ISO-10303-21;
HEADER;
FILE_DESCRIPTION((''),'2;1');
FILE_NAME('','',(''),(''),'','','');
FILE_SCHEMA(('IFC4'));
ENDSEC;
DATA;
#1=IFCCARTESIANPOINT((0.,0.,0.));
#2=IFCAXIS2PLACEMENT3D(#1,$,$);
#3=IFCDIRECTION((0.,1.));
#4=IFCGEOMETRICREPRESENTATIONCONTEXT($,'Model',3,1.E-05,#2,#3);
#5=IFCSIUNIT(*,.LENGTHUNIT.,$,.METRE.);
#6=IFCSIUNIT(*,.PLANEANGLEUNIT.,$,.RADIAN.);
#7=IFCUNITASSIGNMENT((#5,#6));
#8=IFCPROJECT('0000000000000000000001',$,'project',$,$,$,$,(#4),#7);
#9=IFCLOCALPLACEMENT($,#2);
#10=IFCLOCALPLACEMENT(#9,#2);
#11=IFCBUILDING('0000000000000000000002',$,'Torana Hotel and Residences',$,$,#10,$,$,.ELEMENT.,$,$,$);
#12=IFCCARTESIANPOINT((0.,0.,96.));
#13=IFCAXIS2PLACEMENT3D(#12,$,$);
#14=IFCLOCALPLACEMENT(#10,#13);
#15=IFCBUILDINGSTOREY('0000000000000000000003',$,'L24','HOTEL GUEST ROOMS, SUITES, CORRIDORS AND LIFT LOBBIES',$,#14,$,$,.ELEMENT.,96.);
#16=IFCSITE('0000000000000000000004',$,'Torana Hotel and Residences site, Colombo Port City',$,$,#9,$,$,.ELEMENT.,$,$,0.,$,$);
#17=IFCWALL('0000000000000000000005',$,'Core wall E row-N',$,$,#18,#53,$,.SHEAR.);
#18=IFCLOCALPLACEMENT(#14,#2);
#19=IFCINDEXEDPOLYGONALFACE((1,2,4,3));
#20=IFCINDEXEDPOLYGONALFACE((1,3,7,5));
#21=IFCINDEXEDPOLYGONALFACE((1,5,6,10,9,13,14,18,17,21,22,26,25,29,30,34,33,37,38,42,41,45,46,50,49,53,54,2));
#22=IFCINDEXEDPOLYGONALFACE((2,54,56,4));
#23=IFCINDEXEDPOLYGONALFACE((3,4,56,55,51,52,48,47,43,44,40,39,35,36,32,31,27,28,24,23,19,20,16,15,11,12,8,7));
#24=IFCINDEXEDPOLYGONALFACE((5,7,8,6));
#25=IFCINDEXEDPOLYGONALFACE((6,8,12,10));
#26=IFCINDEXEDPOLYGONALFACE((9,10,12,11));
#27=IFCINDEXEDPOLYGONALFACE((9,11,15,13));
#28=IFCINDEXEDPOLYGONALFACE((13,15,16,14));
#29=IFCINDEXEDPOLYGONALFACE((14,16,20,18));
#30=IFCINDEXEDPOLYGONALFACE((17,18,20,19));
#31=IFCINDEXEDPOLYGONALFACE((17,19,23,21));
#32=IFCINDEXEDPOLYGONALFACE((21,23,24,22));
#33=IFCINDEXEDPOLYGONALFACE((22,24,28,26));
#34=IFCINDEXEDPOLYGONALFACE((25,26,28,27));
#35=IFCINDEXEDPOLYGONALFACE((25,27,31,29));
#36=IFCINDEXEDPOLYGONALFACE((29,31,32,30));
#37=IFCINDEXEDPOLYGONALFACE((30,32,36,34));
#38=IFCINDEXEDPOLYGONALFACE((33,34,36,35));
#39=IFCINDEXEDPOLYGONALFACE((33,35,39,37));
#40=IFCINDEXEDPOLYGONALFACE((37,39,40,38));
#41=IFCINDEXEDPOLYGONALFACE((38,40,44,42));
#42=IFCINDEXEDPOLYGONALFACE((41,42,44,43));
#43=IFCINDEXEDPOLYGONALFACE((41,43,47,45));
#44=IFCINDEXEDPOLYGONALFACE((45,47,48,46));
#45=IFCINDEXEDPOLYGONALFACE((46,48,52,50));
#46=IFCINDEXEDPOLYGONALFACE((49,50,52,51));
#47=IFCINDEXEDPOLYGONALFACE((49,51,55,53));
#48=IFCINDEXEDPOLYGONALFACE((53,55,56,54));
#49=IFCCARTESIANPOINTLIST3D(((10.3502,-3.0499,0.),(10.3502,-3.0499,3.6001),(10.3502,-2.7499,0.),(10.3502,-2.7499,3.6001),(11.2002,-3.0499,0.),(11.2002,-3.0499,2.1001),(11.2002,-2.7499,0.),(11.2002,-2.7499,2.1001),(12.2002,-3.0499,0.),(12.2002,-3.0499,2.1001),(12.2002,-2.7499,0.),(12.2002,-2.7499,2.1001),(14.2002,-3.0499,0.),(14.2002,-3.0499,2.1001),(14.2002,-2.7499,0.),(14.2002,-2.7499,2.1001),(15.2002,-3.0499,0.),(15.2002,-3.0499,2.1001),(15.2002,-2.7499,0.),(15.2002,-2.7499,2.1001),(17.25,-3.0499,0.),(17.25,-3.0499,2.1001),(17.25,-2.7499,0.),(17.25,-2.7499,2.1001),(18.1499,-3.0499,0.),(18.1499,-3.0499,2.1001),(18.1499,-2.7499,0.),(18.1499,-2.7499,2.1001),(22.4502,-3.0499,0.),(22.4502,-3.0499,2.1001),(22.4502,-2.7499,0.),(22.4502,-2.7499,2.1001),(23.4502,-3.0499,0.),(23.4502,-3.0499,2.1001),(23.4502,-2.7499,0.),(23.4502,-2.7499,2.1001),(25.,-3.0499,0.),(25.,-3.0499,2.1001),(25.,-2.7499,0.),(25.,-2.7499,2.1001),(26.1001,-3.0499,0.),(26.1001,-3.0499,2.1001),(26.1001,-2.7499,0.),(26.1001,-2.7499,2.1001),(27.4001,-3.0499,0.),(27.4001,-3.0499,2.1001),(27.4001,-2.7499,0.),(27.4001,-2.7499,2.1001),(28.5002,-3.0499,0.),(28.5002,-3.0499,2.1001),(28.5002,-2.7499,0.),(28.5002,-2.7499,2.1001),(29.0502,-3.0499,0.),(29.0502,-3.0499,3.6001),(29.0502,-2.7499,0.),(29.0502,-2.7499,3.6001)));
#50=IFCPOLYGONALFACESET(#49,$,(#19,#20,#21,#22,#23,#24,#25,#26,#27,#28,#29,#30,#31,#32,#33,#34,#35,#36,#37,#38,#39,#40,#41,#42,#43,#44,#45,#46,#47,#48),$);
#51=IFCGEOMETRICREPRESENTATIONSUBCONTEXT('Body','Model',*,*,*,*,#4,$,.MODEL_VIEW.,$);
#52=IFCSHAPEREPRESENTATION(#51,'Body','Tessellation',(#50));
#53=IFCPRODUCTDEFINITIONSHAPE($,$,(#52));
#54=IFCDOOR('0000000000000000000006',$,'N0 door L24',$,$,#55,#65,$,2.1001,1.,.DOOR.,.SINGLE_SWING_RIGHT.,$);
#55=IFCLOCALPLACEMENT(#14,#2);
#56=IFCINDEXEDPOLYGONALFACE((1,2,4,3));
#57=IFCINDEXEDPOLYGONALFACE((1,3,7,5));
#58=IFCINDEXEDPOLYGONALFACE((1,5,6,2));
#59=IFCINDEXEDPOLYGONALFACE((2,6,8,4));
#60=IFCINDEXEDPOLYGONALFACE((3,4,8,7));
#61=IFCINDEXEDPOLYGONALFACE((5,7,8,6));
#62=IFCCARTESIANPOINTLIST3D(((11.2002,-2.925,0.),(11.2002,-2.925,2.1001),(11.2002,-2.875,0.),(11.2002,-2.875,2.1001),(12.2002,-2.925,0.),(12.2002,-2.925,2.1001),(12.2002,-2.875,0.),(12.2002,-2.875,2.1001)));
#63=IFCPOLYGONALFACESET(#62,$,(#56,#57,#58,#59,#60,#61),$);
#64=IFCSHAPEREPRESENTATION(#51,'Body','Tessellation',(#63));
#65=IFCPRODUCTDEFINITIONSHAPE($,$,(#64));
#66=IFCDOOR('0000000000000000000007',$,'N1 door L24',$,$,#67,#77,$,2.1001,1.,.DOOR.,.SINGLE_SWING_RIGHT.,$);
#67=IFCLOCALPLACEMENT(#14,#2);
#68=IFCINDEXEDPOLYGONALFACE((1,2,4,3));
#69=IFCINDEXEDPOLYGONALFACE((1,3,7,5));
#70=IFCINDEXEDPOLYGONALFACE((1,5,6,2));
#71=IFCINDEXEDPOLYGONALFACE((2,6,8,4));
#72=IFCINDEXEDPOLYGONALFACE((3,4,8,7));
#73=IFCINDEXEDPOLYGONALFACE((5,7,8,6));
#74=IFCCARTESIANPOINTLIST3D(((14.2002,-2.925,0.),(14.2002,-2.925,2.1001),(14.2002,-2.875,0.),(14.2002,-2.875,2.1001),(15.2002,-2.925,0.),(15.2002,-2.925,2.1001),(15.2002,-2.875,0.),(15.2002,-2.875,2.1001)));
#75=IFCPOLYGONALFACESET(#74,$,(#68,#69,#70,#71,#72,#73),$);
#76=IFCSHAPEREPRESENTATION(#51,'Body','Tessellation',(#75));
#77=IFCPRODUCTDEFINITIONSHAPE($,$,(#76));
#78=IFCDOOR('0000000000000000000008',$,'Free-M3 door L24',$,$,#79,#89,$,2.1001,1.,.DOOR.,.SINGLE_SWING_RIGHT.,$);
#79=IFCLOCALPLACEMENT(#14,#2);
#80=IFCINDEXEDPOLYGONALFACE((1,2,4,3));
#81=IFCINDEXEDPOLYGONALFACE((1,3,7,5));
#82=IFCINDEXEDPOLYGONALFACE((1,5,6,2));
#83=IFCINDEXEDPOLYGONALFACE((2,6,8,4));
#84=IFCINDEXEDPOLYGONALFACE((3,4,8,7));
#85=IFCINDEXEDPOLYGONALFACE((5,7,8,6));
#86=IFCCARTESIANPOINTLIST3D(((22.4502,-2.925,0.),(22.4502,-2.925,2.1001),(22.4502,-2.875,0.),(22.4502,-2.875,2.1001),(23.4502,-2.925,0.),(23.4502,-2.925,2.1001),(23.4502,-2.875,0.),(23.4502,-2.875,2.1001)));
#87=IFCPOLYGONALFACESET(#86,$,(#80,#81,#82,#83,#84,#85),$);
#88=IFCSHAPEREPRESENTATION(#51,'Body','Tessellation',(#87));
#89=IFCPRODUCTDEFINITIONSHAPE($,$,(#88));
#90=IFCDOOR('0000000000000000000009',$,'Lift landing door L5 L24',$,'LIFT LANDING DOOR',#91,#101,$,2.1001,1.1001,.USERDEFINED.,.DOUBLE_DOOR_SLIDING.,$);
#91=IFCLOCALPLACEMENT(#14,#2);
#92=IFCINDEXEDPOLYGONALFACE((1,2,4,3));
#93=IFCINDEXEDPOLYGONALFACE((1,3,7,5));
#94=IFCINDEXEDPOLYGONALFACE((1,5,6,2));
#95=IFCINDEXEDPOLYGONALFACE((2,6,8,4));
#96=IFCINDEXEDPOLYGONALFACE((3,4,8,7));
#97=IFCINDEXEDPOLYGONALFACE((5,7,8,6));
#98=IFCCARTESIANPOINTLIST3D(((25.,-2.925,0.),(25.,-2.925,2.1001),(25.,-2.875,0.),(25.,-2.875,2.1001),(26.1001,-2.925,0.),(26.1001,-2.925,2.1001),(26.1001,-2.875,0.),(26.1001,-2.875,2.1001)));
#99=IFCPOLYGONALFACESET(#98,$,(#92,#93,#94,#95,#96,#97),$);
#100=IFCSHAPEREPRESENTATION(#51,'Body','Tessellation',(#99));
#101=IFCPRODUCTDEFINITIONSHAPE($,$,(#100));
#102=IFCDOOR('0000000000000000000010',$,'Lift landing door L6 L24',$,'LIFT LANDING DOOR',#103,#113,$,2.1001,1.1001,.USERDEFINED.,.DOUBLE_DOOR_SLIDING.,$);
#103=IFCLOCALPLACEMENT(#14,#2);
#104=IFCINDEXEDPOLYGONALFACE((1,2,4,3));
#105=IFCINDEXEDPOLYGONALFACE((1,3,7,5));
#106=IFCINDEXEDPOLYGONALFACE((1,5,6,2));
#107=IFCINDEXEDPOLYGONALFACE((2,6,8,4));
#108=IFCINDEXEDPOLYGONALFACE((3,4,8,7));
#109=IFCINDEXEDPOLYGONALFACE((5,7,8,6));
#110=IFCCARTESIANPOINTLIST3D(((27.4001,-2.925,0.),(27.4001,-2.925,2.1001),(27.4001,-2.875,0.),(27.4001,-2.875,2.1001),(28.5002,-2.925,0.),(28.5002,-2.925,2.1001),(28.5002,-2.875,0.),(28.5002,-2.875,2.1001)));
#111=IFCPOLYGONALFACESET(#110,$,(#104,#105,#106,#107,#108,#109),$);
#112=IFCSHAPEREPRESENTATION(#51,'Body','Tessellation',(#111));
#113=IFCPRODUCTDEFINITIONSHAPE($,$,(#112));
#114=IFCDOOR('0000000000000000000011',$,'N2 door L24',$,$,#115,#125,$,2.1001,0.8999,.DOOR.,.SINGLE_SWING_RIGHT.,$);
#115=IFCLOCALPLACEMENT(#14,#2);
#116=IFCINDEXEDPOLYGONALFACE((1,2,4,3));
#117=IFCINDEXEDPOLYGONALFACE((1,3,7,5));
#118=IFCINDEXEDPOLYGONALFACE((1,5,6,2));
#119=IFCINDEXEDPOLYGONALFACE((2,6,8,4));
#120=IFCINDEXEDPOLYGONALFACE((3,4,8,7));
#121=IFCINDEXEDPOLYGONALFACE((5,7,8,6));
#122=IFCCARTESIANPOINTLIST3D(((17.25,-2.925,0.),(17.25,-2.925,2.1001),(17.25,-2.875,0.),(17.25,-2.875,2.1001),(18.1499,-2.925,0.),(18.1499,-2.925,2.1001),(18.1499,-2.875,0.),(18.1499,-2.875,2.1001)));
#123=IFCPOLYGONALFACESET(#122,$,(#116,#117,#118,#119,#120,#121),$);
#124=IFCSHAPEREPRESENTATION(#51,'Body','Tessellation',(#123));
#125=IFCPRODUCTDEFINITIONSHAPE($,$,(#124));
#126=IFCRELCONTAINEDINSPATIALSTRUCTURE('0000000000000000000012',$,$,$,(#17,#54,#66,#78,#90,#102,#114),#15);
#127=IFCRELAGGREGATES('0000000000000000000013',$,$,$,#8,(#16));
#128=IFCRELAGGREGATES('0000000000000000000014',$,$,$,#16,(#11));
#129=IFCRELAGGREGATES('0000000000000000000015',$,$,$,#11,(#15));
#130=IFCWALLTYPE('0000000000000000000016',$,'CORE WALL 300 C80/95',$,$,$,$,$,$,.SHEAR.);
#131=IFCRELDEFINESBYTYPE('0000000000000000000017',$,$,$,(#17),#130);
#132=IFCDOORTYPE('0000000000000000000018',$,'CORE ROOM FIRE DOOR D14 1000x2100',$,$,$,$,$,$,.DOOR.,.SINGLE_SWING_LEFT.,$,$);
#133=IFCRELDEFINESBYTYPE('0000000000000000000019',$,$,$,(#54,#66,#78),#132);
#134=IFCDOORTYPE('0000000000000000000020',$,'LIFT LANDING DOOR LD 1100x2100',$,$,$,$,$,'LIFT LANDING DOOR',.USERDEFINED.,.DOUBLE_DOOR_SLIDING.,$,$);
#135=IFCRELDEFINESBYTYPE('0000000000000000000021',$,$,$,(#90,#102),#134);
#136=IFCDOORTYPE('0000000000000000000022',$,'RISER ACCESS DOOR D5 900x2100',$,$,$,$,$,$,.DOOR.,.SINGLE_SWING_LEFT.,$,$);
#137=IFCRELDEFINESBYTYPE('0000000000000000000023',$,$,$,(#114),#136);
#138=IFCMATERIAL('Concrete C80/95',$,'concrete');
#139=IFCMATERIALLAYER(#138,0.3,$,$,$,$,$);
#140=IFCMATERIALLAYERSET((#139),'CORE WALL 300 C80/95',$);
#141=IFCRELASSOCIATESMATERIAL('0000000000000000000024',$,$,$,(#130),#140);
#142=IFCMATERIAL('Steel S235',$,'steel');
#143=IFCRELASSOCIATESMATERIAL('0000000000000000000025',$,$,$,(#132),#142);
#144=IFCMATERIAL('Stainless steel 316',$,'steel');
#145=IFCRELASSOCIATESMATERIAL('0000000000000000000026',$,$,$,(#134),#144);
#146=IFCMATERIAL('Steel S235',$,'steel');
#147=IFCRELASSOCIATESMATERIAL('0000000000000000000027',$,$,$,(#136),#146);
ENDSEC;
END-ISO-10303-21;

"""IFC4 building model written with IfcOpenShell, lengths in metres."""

from ifc_helpers import new_model, si_unit, direction, frame, frame_2d, origin, place, context, subcontext, project, spatial, rectangle, extrude, material, layer, layer_set, type_object, element, fill, save


model = new_model("IFC4")

# Units and contexts
model_context = context("Model", 3, precision=1e-05, world=origin(), true_north=direction((0.0, 1.0)))
body_context = subcontext(model_context, "Body", "Model", "MODEL_VIEW")
ifc_project = project(units=[si_unit("LENGTHUNIT", "METRE"), si_unit("PLANEANGLEUNIT", "RADIAN")], contexts=[model_context])

# Site, building, storey
site_placement = place(None, origin())
site = spatial("IfcSite", under=ifc_project, at=site_placement, Name="Torana Hotel and Residences site, Colombo Port City", CompositionType="ELEMENT", RefElevation=0.0)
building_placement = place(site_placement, origin())
building = spatial("IfcBuilding", under=site, at=building_placement, Name="Torana Hotel and Residences", CompositionType="ELEMENT")
storey_placement = place(building_placement, frame((0.0, 0.0, 96.0)))
storey = spatial("IfcBuildingStorey", under=building, at=storey_placement, Name="L24", Description="HOTEL GUEST ROOMS, SUITES, CORRIDORS AND LIFT LOBBIES", CompositionType="ELEMENT", Elevation=96.0)

# Wall, openings, doors
ifc_material_1 = material(Name="Concrete C80/95", Category="concrete")
ifc_layer = layer(ifc_material_1, 0.3)
ifc_layer_set = layer_set([ifc_layer], Name="CORE WALL 300 C80/95")
wall_type = type_object("IfcWallType", Name="CORE WALL 300 C80/95", PredefinedType="SHEAR", material=ifc_layer_set)
wall_1_placement = place(storey_placement, frame((10.3501, -2.8999, 0.0), z_axis=(0.0, 0.0, 1.0), x_axis=(1.0, 0.0, 0.0)))
wall_1 = element("IfcWall", 1, at=wall_1_placement, inside=storey, type_object=wall_type, Name="Core wall E row-N", PredefinedType="SHEAR", context=body_context, shape_type="SweptSolid", body=[
    extrude(rectangle(XDim=18.7, YDim=0.3, at=frame_2d((9.3501, 0.0))), origin(), (0.0, 0.0, 1.0), 3.6001),
])
opening_1_placement = place(wall_1_placement, frame((14.6499, 0.0, 0.0)))
opening_1 = element("IfcOpeningElement", 2, at=opening_1_placement, cuts=wall_1, PredefinedType="OPENING", context=body_context, shape_type="SweptSolid", body=[
    extrude(rectangle(XDim=1.1001, YDim=2.1001, at=frame_2d((0.55, 1.05))), frame((0.0, 0.1599, 0.0), z_axis=(0.0, -1.0, 0.0), x_axis=(1.0, 0.0, 0.0)), (0.0, 0.0, 1.0), 0.3201),
])
opening_2_placement = place(wall_1_placement, frame((17.05, 0.0, 0.0)))
opening_2 = element("IfcOpeningElement", 3, at=opening_2_placement, cuts=wall_1, PredefinedType="OPENING", context=body_context, shape_type="SweptSolid", body=[
    extrude(rectangle(XDim=1.1001, YDim=2.1001, at=frame_2d((0.55, 1.05))), frame((0.0, 0.1599, 0.0), z_axis=(0.0, -1.0, 0.0), x_axis=(1.0, 0.0, 0.0)), (0.0, 0.0, 1.0), 0.3201),
])
opening_3_placement = place(wall_1_placement, frame((6.8999, 0.0, 0.0)))
opening_3 = element("IfcOpeningElement", 4, at=opening_3_placement, cuts=wall_1, PredefinedType="OPENING", context=body_context, shape_type="SweptSolid", body=[
    extrude(rectangle(XDim=0.8999, YDim=2.1001, at=frame_2d((0.45, 1.05))), frame((0.0, 0.1599, 0.0), z_axis=(0.0, -1.0, 0.0), x_axis=(1.0, 0.0, 0.0)), (0.0, 0.0, 1.0), 0.3201),
])
opening_4_placement = place(wall_1_placement, frame((0.8501, 0.0, 0.0)))
opening_4 = element("IfcOpeningElement", 5, at=opening_4_placement, cuts=wall_1, PredefinedType="OPENING", context=body_context, shape_type="SweptSolid", body=[
    extrude(rectangle(XDim=1.0, YDim=2.1001, at=frame_2d((0.5, 1.05))), frame((0.0, 0.1599, 0.0), z_axis=(0.0, -1.0, 0.0), x_axis=(1.0, 0.0, 0.0)), (0.0, 0.0, 1.0), 0.3201),
])
opening_5_placement = place(wall_1_placement, frame((3.8501, 0.0, 0.0)))
opening_5 = element("IfcOpeningElement", 6, at=opening_5_placement, cuts=wall_1, PredefinedType="OPENING", context=body_context, shape_type="SweptSolid", body=[
    extrude(rectangle(XDim=1.0, YDim=2.1001, at=frame_2d((0.5, 1.05))), frame((0.0, 0.1599, 0.0), z_axis=(0.0, -1.0, 0.0), x_axis=(1.0, 0.0, 0.0)), (0.0, 0.0, 1.0), 0.3201),
])
opening_6_placement = place(wall_1_placement, frame((12.1001, 0.0, 0.0)))
opening_6 = element("IfcOpeningElement", 7, at=opening_6_placement, cuts=wall_1, PredefinedType="OPENING", context=body_context, shape_type="SweptSolid", body=[
    extrude(rectangle(XDim=1.0, YDim=2.1001, at=frame_2d((0.5, 1.05))), frame((0.0, 0.1599, 0.0), z_axis=(0.0, -1.0, 0.0), x_axis=(1.0, 0.0, 0.0)), (0.0, 0.0, 1.0), 0.3201),
])
ifc_material_2 = material(Name="Steel S235", Category="steel")
door_type_1 = type_object("IfcDoorType", Name="CORE ROOM FIRE DOOR D14 1000x2100", OperationType="SINGLE_SWING_LEFT", PredefinedType="DOOR", material=ifc_material_2)
door_1_placement = place(opening_4_placement, origin())
door_1 = element("IfcDoor", 8, at=door_1_placement, inside=storey, type_object=door_type_1, Name="N0 door L24", OperationType="SINGLE_SWING_RIGHT", OverallHeight=2.1001, OverallWidth=1.0, PredefinedType="DOOR", context=body_context, shape_type="SweptSolid", body=[
    extrude(rectangle(XDim=1.0, YDim=2.1001, at=frame_2d((0.5, 1.05))), frame((0.0, 0.0249, 0.0), z_axis=(0.0, -1.0, 0.0), x_axis=(1.0, 0.0, 0.0)), (0.0, 0.0, 1.0), 0.05),
])
fill(opening_4, door_1)
door_2_placement = place(opening_5_placement, origin())
door_2 = element("IfcDoor", 9, at=door_2_placement, inside=storey, type_object=door_type_1, Name="N1 door L24", OperationType="SINGLE_SWING_RIGHT", OverallHeight=2.1001, OverallWidth=1.0, PredefinedType="DOOR", context=body_context, shape_type="SweptSolid", body=[
    extrude(rectangle(XDim=1.0, YDim=2.1001, at=frame_2d((0.5, 1.05))), frame((0.0, 0.0249, 0.0), z_axis=(0.0, -1.0, 0.0), x_axis=(1.0, 0.0, 0.0)), (0.0, 0.0, 1.0), 0.05),
])
fill(opening_5, door_2)
door_3_placement = place(opening_6_placement, origin())
door_3 = element("IfcDoor", 10, at=door_3_placement, inside=storey, type_object=door_type_1, Name="Free-M3 door L24", OperationType="SINGLE_SWING_RIGHT", OverallHeight=2.1001, OverallWidth=1.0, PredefinedType="DOOR", context=body_context, shape_type="SweptSolid", body=[
    extrude(rectangle(XDim=1.0, YDim=2.1001, at=frame_2d((0.5, 1.05))), frame((0.0, 0.0249, 0.0), z_axis=(0.0, -1.0, 0.0), x_axis=(1.0, 0.0, 0.0)), (0.0, 0.0, 1.0), 0.05),
])
fill(opening_6, door_3)
ifc_material_3 = material(Name="Stainless steel 316", Category="steel")
door_type_2 = type_object("IfcDoorType", Name="LIFT LANDING DOOR LD 1100x2100", ElementType="LIFT LANDING DOOR", OperationType="DOUBLE_DOOR_SLIDING", PredefinedType="USERDEFINED", material=ifc_material_3)
door_4_placement = place(opening_1_placement, origin())
door_4 = element("IfcDoor", 11, at=door_4_placement, inside=storey, type_object=door_type_2, Name="Lift landing door L5 L24", ObjectType="LIFT LANDING DOOR", OperationType="DOUBLE_DOOR_SLIDING", OverallHeight=2.1001, OverallWidth=1.1001, PredefinedType="USERDEFINED", context=body_context, shape_type="SweptSolid", body=[
    extrude(rectangle(XDim=1.1001, YDim=2.1001, at=frame_2d((0.55, 1.05))), frame((0.0, 0.0249, 0.0), z_axis=(0.0, -1.0, 0.0), x_axis=(1.0, 0.0, 0.0)), (0.0, 0.0, 1.0), 0.05),
])
fill(opening_1, door_4)
door_5_placement = place(opening_2_placement, origin())
door_5 = element("IfcDoor", 12, at=door_5_placement, inside=storey, type_object=door_type_2, Name="Lift landing door L6 L24", ObjectType="LIFT LANDING DOOR", OperationType="DOUBLE_DOOR_SLIDING", OverallHeight=2.1001, OverallWidth=1.1001, PredefinedType="USERDEFINED", context=body_context, shape_type="SweptSolid", body=[
    extrude(rectangle(XDim=1.1001, YDim=2.1001, at=frame_2d((0.55, 1.05))), frame((0.0, 0.0249, 0.0), z_axis=(0.0, -1.0, 0.0), x_axis=(1.0, 0.0, 0.0)), (0.0, 0.0, 1.0), 0.05),
])
fill(opening_2, door_5)
ifc_material_4 = material(Name="Steel S235", Category="steel")
door_type_3 = type_object("IfcDoorType", Name="RISER ACCESS DOOR D5 900x2100", OperationType="SINGLE_SWING_LEFT", PredefinedType="DOOR", material=ifc_material_4)
door_6_placement = place(opening_3_placement, origin())
door_6 = element("IfcDoor", 13, at=door_6_placement, inside=storey, type_object=door_type_3, Name="N2 door L24", OperationType="SINGLE_SWING_RIGHT", OverallHeight=2.1001, OverallWidth=0.8999, PredefinedType="DOOR", context=body_context, shape_type="SweptSolid", body=[
    extrude(rectangle(XDim=0.8999, YDim=2.1001, at=frame_2d((0.45, 1.05))), frame((0.0, 0.0249, 0.0), z_axis=(0.0, -1.0, 0.0), x_axis=(1.0, 0.0, 0.0)), (0.0, 0.0, 1.0), 0.05),
])
fill(opening_3, door_6)

save(model, "model.ifc")
